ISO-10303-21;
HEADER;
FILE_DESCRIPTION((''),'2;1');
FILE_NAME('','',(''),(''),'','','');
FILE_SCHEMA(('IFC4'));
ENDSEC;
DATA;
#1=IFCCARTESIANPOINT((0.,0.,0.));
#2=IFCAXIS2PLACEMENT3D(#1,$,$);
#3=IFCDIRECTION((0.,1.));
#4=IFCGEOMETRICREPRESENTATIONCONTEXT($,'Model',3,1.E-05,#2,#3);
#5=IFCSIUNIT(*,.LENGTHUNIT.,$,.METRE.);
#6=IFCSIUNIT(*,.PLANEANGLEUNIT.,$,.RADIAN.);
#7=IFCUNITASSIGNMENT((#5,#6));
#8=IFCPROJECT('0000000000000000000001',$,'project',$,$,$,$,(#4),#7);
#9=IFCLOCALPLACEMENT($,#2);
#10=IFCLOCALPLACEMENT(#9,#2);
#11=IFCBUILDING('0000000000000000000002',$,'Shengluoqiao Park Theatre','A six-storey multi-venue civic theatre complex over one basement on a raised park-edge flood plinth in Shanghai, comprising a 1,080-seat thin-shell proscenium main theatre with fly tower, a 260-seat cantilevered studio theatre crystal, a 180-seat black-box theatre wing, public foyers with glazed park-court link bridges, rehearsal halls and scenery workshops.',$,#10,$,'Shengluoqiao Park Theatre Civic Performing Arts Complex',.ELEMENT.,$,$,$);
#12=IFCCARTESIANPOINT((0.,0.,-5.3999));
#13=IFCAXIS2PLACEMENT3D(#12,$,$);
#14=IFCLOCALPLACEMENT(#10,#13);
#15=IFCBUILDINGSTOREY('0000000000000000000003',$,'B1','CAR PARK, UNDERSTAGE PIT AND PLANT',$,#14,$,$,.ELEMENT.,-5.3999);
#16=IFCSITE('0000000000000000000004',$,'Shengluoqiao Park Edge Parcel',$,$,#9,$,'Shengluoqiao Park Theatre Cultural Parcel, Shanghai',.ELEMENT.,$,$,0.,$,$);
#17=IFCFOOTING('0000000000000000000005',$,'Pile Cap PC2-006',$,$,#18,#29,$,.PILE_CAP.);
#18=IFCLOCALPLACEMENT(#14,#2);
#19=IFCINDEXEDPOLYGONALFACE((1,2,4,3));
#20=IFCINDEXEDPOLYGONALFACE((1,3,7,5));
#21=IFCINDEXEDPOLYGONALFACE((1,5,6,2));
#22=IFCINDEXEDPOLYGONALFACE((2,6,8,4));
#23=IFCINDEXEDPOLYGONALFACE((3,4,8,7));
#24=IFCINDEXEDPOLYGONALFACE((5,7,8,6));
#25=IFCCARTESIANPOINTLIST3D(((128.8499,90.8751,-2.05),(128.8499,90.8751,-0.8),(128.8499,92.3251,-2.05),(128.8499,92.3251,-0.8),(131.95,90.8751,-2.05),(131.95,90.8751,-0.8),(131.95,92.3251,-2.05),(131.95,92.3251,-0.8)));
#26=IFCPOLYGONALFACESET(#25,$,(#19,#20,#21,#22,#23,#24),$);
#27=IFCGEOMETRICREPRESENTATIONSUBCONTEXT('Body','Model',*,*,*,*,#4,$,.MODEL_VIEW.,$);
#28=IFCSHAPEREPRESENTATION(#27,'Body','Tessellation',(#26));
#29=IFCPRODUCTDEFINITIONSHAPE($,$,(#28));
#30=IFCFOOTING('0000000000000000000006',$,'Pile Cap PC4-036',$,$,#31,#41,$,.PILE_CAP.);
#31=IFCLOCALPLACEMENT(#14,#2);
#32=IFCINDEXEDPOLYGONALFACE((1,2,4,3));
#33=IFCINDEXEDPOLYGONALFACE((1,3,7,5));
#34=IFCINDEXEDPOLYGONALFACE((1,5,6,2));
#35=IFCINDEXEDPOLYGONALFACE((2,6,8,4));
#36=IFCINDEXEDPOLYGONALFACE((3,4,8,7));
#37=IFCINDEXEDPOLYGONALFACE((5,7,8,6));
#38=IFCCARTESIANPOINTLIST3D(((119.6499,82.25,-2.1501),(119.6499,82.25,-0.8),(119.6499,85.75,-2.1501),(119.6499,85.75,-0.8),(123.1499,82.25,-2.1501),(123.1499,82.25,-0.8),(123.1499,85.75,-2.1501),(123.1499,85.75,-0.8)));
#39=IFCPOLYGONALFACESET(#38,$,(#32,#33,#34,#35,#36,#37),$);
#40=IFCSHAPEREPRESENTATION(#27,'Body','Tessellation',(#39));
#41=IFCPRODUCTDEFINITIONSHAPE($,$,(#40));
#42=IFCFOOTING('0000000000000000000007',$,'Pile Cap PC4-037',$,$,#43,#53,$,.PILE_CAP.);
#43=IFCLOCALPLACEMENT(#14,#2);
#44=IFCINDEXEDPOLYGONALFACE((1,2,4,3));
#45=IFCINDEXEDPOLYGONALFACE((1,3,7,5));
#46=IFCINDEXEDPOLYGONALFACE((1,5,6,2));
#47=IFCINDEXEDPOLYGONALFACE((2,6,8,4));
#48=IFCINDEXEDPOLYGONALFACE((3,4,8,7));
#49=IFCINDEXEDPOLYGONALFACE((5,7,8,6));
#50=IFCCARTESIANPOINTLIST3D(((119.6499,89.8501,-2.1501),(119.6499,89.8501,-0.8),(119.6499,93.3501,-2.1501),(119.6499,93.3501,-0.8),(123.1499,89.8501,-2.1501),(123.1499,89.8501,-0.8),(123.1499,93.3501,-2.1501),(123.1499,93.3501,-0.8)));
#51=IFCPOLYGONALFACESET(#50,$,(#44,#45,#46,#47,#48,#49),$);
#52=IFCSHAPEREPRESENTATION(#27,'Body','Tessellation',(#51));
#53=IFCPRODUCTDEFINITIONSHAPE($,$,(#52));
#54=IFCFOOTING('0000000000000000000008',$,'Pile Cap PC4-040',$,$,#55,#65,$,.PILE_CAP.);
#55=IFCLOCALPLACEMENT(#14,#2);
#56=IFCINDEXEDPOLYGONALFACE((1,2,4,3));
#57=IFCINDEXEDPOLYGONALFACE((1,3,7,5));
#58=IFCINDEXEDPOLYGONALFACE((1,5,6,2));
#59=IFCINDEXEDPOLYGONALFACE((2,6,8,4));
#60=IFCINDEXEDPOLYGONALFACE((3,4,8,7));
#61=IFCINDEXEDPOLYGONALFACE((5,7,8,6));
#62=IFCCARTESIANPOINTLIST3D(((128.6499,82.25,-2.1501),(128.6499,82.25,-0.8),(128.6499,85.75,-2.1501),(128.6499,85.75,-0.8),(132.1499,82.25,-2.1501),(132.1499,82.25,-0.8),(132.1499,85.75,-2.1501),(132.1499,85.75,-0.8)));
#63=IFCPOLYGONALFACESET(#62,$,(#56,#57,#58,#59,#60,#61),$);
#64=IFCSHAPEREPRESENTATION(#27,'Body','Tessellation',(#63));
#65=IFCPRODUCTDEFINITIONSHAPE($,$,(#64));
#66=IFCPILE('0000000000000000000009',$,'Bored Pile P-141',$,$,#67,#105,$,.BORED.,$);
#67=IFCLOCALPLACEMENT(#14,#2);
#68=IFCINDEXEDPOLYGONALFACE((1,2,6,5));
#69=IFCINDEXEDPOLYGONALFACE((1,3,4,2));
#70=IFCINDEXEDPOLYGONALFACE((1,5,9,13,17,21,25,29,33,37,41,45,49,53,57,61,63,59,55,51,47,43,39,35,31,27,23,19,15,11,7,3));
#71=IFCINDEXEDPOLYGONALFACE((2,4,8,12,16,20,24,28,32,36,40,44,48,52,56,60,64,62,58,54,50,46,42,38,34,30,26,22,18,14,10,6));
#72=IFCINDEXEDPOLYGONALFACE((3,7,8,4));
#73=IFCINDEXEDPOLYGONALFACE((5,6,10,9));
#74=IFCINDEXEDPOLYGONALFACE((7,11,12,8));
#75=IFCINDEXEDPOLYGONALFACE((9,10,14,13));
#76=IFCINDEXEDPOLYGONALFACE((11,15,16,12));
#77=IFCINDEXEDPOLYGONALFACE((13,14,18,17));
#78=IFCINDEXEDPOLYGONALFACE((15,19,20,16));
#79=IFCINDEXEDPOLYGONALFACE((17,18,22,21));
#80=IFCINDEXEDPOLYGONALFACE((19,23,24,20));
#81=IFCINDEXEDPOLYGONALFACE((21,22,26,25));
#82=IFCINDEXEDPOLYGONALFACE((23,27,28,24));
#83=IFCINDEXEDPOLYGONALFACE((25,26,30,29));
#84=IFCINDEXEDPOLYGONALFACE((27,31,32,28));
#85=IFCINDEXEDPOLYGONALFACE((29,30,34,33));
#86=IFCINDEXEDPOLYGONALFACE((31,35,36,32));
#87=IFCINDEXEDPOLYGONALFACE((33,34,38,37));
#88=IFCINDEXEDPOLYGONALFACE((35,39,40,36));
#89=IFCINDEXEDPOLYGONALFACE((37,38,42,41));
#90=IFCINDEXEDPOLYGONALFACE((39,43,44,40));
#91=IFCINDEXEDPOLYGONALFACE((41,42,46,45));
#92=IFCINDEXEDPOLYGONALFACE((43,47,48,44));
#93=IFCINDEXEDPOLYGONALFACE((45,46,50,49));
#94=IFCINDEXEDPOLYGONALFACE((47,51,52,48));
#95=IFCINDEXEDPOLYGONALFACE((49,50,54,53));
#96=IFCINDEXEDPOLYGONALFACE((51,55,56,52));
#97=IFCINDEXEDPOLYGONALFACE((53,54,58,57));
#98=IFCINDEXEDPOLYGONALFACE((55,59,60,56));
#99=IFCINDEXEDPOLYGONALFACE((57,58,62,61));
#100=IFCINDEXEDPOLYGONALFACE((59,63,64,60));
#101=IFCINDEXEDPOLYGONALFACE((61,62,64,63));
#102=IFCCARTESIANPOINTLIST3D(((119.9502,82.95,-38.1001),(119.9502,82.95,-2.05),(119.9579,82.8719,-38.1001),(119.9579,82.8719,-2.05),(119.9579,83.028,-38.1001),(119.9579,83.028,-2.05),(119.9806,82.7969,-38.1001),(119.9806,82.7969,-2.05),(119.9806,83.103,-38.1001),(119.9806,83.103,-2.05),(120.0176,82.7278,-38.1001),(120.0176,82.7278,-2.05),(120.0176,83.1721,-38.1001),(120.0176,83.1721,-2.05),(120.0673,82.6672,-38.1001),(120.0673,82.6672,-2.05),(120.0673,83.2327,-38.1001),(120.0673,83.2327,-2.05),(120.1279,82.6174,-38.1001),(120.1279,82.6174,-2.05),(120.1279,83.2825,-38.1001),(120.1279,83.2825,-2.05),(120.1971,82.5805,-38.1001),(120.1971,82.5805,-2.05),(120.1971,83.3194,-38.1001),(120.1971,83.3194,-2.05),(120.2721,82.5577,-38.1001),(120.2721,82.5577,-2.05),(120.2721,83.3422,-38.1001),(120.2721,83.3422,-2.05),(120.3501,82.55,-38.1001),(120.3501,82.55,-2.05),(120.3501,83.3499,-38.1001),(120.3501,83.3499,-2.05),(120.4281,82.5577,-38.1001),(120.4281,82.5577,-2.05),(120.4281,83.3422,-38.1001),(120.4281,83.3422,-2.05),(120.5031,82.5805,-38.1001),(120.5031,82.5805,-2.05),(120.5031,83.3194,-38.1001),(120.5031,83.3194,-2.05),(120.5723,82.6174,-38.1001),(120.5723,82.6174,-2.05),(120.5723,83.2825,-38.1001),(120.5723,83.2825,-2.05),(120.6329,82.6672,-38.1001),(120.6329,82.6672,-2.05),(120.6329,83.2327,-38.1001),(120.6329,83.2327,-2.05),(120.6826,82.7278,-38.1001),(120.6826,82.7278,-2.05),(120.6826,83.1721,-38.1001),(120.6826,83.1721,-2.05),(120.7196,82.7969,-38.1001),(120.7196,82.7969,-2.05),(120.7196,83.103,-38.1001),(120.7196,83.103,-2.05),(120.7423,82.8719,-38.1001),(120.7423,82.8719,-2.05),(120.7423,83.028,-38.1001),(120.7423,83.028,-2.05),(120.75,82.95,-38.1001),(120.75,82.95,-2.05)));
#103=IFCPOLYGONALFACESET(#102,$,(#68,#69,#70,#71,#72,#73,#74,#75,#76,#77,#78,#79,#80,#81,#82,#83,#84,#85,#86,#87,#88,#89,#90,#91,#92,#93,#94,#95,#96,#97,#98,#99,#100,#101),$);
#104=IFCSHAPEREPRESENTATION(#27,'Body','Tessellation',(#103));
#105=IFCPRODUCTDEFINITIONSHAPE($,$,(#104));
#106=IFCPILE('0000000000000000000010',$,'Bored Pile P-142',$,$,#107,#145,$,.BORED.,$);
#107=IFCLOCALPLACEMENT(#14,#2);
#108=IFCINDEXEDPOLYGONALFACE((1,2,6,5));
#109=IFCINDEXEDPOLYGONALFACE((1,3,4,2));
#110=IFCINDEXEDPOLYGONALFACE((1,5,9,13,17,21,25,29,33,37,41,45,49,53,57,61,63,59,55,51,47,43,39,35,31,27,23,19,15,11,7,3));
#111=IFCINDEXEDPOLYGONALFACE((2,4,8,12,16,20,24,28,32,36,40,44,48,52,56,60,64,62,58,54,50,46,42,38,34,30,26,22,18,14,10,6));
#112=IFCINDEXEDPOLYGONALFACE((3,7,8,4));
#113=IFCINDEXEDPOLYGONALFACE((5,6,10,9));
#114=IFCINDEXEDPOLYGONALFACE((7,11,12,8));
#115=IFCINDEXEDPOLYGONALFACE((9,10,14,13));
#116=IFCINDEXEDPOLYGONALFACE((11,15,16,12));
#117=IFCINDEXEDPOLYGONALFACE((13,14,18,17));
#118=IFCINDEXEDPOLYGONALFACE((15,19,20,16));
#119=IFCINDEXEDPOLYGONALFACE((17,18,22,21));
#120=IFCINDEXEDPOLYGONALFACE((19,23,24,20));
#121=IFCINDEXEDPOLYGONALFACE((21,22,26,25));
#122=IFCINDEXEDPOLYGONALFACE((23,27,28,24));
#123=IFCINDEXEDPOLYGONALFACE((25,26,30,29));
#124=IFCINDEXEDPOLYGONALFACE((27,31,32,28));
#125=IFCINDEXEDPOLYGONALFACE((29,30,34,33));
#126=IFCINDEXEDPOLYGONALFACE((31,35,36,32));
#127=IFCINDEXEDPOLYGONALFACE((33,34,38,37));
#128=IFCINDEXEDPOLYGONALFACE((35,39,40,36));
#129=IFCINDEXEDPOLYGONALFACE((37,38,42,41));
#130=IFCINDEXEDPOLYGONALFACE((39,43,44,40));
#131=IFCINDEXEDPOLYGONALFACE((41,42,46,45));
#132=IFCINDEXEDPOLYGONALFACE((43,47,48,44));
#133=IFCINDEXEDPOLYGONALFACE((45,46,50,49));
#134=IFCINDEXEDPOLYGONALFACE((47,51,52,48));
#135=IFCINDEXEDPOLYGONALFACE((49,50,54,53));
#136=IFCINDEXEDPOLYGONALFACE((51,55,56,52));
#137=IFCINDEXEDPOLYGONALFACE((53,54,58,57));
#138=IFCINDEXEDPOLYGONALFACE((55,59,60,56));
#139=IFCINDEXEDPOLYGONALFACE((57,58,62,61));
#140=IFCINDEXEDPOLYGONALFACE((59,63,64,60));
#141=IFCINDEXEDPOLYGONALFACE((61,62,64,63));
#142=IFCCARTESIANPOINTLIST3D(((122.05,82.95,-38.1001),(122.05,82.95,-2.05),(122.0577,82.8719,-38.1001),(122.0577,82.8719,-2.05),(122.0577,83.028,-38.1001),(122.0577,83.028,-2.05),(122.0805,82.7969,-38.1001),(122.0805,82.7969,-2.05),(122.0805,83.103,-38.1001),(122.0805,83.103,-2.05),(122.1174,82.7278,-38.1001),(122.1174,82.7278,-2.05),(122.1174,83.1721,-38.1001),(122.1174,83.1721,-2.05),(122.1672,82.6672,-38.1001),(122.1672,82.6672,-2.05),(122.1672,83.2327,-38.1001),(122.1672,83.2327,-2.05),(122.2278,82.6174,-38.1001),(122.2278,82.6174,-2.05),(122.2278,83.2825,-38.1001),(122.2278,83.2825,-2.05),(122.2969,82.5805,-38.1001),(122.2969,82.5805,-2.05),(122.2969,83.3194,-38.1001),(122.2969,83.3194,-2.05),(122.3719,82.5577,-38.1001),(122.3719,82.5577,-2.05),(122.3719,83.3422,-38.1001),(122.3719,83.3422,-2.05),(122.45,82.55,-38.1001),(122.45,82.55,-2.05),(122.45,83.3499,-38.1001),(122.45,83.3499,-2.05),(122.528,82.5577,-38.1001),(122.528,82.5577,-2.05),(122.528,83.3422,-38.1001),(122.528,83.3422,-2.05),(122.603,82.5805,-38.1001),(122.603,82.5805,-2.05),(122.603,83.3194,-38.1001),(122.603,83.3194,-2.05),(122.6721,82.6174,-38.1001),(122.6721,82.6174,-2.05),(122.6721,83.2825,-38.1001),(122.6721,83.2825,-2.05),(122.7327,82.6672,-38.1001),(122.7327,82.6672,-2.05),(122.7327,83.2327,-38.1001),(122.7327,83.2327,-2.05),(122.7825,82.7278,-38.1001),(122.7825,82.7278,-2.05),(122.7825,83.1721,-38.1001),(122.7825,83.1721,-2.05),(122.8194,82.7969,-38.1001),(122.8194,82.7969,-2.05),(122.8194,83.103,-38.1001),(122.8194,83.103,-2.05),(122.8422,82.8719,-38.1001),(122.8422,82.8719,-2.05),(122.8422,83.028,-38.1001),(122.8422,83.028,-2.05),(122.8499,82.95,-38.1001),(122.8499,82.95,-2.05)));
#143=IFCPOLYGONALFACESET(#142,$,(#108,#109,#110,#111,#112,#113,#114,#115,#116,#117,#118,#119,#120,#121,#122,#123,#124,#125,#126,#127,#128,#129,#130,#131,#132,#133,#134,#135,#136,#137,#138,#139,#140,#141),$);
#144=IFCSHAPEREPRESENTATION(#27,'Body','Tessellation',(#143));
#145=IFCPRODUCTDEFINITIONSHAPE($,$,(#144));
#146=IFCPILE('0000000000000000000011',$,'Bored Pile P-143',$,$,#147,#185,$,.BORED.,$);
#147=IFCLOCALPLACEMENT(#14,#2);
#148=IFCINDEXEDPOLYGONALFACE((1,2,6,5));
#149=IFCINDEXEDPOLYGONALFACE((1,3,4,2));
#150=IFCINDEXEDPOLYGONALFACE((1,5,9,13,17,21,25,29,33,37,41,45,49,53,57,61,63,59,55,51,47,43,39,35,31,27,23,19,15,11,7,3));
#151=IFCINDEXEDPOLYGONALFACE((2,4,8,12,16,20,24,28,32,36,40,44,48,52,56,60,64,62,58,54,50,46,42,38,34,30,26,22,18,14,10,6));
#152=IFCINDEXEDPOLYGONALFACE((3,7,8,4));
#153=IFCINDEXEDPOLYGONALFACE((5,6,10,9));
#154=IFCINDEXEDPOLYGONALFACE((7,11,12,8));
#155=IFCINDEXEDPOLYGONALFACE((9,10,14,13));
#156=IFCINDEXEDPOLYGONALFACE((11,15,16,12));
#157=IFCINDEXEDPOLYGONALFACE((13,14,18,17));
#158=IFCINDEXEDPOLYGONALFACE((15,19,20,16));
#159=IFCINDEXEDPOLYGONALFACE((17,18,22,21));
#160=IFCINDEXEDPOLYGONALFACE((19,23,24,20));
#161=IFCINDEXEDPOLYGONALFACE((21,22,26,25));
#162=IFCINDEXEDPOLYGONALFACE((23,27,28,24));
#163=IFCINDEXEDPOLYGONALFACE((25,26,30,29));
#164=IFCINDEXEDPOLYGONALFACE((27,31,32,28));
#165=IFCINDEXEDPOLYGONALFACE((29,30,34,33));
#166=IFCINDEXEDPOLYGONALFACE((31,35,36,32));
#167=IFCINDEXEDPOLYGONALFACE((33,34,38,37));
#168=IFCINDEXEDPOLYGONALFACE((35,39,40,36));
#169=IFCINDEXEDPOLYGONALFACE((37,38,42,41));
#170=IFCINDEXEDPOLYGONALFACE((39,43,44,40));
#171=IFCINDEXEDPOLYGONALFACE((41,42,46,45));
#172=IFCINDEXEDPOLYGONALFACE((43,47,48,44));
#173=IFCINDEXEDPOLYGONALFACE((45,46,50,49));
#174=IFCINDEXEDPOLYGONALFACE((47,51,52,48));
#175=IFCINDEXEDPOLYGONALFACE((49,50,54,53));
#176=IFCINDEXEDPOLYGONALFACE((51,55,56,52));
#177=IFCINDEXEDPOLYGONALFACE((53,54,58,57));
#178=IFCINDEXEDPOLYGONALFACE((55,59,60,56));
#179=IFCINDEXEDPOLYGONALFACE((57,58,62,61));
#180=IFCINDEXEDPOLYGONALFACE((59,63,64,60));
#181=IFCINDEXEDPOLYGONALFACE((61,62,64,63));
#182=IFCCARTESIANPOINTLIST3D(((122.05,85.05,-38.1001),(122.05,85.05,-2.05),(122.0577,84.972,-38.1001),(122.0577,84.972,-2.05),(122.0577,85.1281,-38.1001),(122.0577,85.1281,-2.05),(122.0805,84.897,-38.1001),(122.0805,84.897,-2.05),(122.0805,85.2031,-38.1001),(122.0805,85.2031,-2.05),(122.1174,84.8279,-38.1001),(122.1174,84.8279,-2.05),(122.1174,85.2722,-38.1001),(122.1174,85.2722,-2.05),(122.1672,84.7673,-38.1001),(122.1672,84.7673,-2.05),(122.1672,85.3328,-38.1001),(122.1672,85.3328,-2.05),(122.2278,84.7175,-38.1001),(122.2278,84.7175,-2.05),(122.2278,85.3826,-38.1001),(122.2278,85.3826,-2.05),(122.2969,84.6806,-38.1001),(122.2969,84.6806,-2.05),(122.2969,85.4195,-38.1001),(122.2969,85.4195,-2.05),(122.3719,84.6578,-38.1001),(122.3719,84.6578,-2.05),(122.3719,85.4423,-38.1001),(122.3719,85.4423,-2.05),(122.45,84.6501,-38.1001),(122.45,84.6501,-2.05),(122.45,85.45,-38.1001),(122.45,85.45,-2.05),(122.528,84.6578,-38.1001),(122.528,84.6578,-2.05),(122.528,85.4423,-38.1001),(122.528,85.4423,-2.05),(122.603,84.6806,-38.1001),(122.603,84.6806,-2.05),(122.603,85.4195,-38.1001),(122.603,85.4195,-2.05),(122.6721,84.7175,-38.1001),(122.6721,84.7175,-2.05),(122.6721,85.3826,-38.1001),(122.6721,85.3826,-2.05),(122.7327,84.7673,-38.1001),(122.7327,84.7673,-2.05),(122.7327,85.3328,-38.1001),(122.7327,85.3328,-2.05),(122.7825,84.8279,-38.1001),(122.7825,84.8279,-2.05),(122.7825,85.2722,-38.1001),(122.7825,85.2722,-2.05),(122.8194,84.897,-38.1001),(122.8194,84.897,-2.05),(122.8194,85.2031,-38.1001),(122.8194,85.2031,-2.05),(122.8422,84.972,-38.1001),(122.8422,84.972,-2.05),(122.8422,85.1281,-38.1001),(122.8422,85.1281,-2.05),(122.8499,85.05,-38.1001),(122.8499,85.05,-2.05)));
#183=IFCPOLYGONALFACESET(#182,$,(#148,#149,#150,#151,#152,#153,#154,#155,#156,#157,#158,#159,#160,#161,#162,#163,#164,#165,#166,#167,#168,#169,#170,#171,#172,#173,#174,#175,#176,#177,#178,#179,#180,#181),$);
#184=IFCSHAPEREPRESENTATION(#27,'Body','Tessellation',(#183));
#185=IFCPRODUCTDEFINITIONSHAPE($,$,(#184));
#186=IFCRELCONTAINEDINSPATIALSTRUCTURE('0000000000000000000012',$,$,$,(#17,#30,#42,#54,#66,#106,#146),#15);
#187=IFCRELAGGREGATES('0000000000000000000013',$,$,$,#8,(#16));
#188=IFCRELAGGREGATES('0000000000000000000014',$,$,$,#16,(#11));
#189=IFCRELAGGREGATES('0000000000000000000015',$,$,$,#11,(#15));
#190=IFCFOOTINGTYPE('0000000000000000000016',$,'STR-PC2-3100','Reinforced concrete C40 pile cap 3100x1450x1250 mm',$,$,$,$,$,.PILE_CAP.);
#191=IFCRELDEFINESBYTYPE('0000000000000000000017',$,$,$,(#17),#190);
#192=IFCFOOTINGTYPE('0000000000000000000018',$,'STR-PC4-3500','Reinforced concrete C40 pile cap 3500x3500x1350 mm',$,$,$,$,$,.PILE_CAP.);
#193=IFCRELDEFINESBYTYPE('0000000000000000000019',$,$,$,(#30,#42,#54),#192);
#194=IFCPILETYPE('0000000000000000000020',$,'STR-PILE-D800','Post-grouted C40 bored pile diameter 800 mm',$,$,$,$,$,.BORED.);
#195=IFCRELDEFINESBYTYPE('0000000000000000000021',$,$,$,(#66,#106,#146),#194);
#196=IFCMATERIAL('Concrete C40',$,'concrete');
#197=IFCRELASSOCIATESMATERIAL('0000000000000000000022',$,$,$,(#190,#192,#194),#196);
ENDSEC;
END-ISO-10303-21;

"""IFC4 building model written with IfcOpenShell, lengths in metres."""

from ifc_helpers import new_model, si_unit, direction, frame, origin, origin_2d, place, context, subcontext, project, spatial, rectangle, circle, extrude, material, material_profile, profile_set, type_object, element, save


model = new_model("IFC4")

# Units and contexts
model_context = context("Model", 3, precision=1e-05, world=origin(), true_north=direction((0.0, 1.0)))
body_context = subcontext(model_context, "Body", "Model", "MODEL_VIEW")
ifc_project = project(units=[si_unit("LENGTHUNIT", "METRE"), si_unit("PLANEANGLEUNIT", "RADIAN")], contexts=[model_context])

# Site, building, storey
site_placement = place(None, origin())
site = spatial("IfcSite", under=ifc_project, at=site_placement, Name="Shengluoqiao Park Edge Parcel", LongName="Shengluoqiao Park Theatre Cultural Parcel, Shanghai", CompositionType="ELEMENT", RefElevation=0.0)
building_placement = place(site_placement, origin())
building = spatial("IfcBuilding", under=site, at=building_placement, Name="Shengluoqiao Park Theatre", Description="A six-storey multi-venue civic theatre complex over one basement on a raised park-edge flood plinth in Shanghai, comprising a 1,080-seat thin-shell proscenium main theatre with fly tower, a 260-seat cantilevered studio theatre crystal, a 180-seat black-box theatre wing, public foyers with glazed park-court link bridges, rehearsal halls and scenery workshops.", LongName="Shengluoqiao Park Theatre Civic Performing Arts Complex", CompositionType="ELEMENT")
storey_placement = place(building_placement, frame((0.0, 0.0, -5.3999)))
storey = spatial("IfcBuildingStorey", under=building, at=storey_placement, Name="B1", Description="CAR PARK, UNDERSTAGE PIT AND PLANT", CompositionType="ELEMENT", Elevation=-5.3999)

# Footings
ifc_material_1 = material(Name="Concrete C40", Category="concrete")
footing_type_1 = type_object("IfcFootingType", Name="STR-PC2-3100", Description="Reinforced concrete C40 pile cap 3100x1450x1250 mm", PredefinedType="PILE_CAP", material=ifc_material_1)
footing_placement = place(storey_placement, frame((130.3999, 91.6001, -2.05), z_axis=(0.0, 0.0, 1.0), x_axis=(1.0, 0.0, 0.0)))
element("IfcFooting", 1, at=footing_placement, inside=storey, type_object=footing_type_1, Name="Pile Cap PC2-006", PredefinedType="PILE_CAP", context=body_context, shape_type="SweptSolid", body=[
    extrude(rectangle(XDim=3.1001, YDim=1.45, at=origin_2d()), origin(), (0.0, 0.0, 1.0), 1.25),
])
footing_type_2 = type_object("IfcFootingType", Name="STR-PC4-3500", Description="Reinforced concrete C40 pile cap 3500x3500x1350 mm", PredefinedType="PILE_CAP", material=ifc_material_1)
for number, where, z_axis, x_axis, name in (
    (2, (121.3999, 84.0, -2.1501), (0.0, 0.0, 1.0), (1.0, 0.0, 0.0), "Pile Cap PC4-036"),
    (3, (121.3999, 91.6001, -2.1501), (0.0, 0.0, 1.0), (1.0, 0.0, 0.0), "Pile Cap PC4-037"),
    (4, (130.3999, 84.0, -2.1501), (0.0, 0.0, 1.0), (1.0, 0.0, 0.0), "Pile Cap PC4-040"),
):
    element("IfcFooting", number, at=place(storey_placement, frame(where, z_axis=z_axis, x_axis=x_axis)), inside=storey, type_object=footing_type_2, Name=name, PredefinedType="PILE_CAP", context=body_context, shape_type="SweptSolid", body=[
        extrude(rectangle(XDim=3.5, YDim=3.5, at=origin_2d()), origin(), (0.0, 0.0, 1.0), 1.3501),
    ])

# Piles
ifc_material_profile_1 = material_profile(ifc_material_1, circle(Radius=0.3999, at=origin_2d()), Name="BORED PILE D800")
ifc_profile_set_1 = profile_set([ifc_material_profile_1], Name="Concrete C40")
pile_type_1 = type_object("IfcPileType", Name="STR-PILE-D800", Description="Post-grouted C40 bored pile diameter 800 mm", PredefinedType="BORED", material=ifc_profile_set_1)
for number, where, z_axis, x_axis, name in (
    (5, (120.3501, 82.95, -2.05), (0.0, 0.0, -1.0), (1.0, 0.0, 0.0), "Bored Pile P-141"),
    (6, (122.45, 82.95, -2.05), (0.0, 0.0, -1.0), (1.0, 0.0, 0.0), "Bored Pile P-142"),
    (7, (122.45, 85.05, -2.05), (0.0, 0.0, -1.0), (1.0, 0.0, 0.0), "Bored Pile P-143"),
):
    element("IfcPile", number, at=place(storey_placement, frame(where, z_axis=z_axis, x_axis=x_axis)), inside=storey, type_object=pile_type_1, Name=name, PredefinedType="BORED", context=body_context, shape_type="SweptSolid", body=[
        extrude(circle(Radius=0.3999, at=origin_2d()), origin(), (0.0, 0.0, 1.0), 36.05),
    ])

save(model, "model.ifc")
